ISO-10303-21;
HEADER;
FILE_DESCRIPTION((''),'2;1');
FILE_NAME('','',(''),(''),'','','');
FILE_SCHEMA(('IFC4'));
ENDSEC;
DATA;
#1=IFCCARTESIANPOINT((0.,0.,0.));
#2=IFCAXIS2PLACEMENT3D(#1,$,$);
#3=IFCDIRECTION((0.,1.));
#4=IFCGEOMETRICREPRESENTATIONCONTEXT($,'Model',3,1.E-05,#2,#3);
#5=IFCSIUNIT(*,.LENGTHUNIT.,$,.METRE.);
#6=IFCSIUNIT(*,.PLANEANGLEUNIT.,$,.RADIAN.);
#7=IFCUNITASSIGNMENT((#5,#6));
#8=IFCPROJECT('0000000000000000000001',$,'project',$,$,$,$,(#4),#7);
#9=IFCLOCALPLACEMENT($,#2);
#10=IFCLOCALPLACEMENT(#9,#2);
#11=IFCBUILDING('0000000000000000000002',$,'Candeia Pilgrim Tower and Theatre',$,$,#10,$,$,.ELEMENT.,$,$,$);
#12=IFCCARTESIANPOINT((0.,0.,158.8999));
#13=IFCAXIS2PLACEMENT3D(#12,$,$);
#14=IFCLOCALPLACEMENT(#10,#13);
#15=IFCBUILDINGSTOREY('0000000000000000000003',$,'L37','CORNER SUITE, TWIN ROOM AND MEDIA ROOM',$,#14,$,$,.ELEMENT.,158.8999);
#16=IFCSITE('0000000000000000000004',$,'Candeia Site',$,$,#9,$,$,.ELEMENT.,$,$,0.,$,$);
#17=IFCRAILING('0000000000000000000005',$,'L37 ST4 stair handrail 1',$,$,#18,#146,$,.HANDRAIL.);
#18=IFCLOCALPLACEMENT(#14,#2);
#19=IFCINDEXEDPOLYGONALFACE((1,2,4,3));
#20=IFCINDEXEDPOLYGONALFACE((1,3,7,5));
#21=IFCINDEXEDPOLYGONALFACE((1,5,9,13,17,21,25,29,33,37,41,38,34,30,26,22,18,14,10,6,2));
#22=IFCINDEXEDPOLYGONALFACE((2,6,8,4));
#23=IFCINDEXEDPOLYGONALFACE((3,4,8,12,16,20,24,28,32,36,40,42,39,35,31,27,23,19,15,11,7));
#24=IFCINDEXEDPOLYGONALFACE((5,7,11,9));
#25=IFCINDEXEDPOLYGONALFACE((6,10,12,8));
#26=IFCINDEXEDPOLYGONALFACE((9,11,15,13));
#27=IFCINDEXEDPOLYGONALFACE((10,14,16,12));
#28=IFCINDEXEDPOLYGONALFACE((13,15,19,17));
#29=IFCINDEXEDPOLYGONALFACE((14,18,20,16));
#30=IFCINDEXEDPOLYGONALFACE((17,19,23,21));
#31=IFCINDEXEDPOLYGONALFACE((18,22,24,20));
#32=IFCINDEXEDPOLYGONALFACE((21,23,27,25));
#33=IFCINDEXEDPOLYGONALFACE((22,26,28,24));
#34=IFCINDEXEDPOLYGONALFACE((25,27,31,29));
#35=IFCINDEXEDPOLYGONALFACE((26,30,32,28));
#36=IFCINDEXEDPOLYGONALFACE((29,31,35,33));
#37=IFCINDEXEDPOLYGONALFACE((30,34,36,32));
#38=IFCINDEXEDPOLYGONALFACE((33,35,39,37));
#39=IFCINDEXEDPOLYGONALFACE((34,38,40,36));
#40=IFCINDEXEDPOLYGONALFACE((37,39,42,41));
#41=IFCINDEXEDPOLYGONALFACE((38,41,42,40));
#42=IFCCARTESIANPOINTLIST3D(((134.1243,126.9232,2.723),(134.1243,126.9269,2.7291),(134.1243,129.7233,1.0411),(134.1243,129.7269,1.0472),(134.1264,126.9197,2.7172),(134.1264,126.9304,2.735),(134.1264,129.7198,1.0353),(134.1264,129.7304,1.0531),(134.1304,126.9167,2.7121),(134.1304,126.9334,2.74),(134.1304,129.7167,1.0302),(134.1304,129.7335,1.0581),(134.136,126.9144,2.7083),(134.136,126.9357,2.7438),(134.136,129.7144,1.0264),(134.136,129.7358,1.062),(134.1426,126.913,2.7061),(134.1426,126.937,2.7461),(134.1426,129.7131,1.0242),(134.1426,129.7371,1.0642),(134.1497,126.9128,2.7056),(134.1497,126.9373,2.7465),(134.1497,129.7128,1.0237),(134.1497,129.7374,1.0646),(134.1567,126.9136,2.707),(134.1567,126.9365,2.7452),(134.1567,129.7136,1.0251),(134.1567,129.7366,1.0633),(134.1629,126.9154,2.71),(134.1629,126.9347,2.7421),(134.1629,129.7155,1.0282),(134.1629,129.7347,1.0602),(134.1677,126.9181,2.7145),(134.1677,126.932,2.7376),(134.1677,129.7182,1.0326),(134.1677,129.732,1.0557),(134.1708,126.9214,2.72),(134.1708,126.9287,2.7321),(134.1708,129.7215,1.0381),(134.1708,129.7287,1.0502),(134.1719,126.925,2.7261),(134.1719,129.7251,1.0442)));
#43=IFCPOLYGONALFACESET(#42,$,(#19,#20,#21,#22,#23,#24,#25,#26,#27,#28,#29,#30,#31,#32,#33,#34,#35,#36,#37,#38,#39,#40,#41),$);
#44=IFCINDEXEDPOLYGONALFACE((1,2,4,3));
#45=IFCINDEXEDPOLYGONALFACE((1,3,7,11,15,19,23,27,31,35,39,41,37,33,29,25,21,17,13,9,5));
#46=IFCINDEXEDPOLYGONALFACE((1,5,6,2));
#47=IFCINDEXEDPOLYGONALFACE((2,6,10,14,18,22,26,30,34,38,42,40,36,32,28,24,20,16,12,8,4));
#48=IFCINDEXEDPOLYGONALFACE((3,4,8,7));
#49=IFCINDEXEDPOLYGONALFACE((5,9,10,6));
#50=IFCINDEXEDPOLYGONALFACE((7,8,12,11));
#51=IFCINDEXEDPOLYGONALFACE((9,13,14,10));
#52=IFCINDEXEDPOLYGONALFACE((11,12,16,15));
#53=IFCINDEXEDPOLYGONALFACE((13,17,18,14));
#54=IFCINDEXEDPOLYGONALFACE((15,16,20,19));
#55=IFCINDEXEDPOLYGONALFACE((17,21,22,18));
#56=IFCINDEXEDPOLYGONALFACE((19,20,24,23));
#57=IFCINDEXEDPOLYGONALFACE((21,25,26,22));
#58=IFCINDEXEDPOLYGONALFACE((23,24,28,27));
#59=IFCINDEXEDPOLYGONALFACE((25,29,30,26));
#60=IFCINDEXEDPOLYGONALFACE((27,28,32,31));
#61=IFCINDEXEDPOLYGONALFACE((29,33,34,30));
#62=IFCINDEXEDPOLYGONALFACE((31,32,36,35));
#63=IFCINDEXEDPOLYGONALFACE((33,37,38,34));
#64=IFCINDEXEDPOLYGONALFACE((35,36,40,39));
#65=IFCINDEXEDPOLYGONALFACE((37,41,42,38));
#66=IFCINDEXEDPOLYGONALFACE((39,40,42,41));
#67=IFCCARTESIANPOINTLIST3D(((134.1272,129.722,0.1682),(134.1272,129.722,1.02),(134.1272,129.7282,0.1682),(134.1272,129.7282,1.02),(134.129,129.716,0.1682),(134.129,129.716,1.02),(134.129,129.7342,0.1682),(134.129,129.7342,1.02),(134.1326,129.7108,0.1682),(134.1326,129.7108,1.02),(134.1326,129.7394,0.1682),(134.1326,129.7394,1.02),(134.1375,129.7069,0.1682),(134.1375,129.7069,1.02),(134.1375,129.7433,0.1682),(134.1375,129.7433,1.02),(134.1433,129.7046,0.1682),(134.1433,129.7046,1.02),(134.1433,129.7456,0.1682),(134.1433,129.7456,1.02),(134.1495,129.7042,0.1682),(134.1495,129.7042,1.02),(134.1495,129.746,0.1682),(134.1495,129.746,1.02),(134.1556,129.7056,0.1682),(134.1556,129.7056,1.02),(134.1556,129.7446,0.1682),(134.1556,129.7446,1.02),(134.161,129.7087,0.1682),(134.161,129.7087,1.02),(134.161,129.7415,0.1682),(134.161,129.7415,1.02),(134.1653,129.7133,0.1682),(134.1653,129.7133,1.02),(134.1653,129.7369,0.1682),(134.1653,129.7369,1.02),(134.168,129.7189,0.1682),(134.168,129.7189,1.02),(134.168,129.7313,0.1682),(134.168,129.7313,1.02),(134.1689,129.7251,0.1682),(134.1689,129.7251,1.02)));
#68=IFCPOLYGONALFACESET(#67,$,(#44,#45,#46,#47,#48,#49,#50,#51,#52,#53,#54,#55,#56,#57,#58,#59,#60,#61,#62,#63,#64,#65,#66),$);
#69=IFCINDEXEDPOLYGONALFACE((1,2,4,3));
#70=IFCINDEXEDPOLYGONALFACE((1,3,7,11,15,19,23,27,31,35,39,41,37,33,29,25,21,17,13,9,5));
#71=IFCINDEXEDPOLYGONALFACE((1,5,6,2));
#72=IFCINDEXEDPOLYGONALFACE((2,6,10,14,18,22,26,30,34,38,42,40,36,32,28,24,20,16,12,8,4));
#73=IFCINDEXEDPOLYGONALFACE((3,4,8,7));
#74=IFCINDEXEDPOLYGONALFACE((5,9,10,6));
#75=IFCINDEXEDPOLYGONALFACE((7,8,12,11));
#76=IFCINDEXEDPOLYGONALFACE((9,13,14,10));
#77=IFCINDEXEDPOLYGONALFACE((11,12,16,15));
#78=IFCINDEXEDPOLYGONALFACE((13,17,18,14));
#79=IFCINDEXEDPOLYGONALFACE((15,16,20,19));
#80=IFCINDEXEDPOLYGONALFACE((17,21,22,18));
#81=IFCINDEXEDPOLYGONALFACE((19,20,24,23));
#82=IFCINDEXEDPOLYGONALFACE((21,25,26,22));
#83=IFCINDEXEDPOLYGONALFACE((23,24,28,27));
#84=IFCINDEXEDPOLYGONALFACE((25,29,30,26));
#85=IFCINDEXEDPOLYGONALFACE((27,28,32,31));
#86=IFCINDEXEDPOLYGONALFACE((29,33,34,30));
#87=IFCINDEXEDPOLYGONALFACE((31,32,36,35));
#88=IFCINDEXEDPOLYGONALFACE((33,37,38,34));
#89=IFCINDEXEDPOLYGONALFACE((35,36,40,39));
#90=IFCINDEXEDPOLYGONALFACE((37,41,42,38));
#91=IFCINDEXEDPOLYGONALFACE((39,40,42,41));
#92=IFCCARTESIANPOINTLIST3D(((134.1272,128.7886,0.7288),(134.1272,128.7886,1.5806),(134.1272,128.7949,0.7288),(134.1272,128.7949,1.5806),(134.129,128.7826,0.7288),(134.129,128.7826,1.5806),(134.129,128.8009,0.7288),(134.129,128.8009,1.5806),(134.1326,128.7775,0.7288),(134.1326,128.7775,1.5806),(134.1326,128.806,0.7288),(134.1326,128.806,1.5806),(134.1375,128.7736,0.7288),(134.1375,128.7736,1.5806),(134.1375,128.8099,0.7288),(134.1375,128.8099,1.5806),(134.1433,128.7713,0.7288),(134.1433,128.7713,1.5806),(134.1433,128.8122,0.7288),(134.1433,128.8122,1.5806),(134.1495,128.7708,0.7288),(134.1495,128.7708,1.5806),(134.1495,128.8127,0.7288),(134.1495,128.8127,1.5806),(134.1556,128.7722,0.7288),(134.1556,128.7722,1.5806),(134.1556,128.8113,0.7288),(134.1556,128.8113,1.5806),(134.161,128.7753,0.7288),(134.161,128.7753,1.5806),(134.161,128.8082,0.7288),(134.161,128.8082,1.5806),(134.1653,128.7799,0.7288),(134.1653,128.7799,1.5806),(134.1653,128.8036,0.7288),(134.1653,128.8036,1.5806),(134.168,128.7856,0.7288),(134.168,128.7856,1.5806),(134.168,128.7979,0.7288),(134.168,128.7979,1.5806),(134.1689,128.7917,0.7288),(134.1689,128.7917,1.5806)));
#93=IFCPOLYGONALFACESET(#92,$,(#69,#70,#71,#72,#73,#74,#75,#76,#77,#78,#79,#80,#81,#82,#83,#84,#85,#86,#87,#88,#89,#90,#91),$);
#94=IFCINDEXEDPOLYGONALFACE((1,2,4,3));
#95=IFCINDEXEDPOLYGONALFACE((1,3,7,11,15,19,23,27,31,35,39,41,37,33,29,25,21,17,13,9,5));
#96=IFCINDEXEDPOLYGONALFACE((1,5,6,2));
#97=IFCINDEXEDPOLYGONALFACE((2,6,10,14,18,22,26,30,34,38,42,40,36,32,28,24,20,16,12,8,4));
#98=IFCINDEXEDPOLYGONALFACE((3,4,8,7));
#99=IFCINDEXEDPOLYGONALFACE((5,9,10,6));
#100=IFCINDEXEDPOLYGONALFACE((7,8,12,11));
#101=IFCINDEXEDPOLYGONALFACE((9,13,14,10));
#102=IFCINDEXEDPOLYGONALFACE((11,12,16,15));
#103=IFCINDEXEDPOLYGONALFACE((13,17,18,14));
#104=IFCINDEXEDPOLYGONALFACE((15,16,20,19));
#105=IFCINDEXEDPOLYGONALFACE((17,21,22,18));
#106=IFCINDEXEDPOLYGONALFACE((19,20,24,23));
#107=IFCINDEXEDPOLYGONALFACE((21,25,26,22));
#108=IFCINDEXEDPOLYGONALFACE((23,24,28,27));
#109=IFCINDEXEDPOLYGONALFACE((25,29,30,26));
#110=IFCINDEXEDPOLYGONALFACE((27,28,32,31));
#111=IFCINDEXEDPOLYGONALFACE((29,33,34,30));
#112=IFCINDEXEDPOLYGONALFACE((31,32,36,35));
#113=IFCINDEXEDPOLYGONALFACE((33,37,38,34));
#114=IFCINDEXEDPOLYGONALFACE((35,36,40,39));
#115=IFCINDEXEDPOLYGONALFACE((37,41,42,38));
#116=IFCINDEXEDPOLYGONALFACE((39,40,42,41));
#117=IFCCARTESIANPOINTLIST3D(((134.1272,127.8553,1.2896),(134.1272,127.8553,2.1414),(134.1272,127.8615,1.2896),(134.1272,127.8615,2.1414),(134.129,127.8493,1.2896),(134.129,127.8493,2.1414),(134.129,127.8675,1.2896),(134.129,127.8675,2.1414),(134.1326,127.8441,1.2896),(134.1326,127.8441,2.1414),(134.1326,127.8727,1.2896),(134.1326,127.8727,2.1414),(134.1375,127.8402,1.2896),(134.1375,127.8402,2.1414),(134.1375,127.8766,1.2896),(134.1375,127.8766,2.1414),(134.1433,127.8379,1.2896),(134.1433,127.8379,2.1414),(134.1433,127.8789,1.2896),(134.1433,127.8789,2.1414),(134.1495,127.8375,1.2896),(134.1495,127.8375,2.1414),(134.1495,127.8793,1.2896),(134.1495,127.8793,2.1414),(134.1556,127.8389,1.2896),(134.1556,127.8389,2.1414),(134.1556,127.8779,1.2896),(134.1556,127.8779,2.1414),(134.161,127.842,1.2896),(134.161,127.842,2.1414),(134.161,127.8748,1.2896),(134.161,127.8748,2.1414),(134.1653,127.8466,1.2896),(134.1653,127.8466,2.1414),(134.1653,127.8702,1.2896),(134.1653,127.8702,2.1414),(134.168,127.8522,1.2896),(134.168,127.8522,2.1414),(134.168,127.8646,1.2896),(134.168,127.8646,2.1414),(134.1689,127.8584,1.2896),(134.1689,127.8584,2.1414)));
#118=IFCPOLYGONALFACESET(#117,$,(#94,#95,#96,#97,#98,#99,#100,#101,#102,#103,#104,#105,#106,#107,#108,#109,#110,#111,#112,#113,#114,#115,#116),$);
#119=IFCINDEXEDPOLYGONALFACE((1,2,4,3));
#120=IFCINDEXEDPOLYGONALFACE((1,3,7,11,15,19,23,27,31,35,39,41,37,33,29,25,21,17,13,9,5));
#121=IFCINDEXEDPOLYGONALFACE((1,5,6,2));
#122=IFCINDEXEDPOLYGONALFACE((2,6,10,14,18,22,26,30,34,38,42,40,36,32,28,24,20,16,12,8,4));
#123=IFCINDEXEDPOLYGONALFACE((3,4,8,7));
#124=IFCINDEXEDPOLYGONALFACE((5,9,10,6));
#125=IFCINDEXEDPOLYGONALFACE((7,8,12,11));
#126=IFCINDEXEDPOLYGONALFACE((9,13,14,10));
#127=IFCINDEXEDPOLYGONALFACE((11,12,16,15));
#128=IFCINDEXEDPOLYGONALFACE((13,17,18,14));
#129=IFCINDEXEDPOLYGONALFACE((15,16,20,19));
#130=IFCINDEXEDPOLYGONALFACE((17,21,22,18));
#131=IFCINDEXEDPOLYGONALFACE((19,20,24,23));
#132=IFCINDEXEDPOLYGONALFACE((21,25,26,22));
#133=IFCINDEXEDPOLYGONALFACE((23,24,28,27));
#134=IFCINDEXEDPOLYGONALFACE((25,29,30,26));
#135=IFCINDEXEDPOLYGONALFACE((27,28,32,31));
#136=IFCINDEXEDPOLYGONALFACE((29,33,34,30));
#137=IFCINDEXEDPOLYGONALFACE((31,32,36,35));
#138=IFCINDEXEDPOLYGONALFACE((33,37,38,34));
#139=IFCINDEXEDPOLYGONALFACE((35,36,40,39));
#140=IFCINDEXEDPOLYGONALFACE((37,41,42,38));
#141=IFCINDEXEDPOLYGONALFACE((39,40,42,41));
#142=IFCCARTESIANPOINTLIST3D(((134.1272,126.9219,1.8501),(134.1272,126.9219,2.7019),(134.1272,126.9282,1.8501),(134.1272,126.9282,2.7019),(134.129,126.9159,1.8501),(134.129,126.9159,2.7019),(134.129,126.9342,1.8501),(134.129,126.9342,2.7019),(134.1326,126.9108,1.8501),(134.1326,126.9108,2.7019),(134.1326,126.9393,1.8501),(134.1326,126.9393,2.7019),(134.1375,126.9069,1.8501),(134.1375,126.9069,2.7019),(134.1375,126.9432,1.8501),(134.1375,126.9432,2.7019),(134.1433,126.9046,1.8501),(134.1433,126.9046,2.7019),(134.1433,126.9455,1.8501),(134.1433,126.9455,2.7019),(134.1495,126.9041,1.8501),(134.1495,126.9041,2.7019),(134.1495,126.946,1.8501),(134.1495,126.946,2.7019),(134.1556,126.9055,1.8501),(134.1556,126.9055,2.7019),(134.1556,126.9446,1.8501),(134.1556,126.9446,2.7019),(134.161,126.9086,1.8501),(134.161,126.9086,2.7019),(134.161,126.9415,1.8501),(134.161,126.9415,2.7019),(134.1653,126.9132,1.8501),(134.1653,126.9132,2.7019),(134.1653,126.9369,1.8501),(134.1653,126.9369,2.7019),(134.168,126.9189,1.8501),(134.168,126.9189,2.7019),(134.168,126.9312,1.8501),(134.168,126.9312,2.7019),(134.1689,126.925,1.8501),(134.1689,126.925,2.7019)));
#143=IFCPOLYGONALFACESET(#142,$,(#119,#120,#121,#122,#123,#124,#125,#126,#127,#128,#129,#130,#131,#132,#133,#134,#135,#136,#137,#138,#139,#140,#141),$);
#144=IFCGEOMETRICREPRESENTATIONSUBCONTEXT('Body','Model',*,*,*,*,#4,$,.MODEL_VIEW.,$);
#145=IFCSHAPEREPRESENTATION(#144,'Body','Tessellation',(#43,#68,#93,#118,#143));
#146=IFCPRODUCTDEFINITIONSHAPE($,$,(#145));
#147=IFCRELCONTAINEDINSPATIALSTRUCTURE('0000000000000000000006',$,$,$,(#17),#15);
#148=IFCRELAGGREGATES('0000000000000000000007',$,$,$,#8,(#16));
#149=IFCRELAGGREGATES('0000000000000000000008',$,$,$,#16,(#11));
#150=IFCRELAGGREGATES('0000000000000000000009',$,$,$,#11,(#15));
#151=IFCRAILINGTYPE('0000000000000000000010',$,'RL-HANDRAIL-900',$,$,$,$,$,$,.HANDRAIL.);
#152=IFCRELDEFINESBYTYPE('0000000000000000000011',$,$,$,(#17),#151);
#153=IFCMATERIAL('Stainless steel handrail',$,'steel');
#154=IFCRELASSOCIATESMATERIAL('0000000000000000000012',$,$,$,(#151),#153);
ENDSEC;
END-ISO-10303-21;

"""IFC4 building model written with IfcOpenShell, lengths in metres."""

from ifc_helpers import new_model, si_unit, direction, frame, origin, origin_2d, place, context, subcontext, project, spatial, circle, extrude, material, type_object, element, save


model = new_model("IFC4")

# Units and contexts
model_context = context("Model", 3, precision=1e-05, world=origin(), true_north=direction((0.0, 1.0)))
body_context = subcontext(model_context, "Body", "Model", "MODEL_VIEW")
ifc_project = project(units=[si_unit("LENGTHUNIT", "METRE"), si_unit("PLANEANGLEUNIT", "RADIAN")], contexts=[model_context])

# Site, building, storey
site_placement = place(None, origin())
site = spatial("IfcSite", under=ifc_project, at=site_placement, Name="Candeia Site", CompositionType="ELEMENT", RefElevation=0.0)
building_placement = place(site_placement, origin())
building = spatial("IfcBuilding", under=site, at=building_placement, Name="Candeia Pilgrim Tower and Theatre", CompositionType="ELEMENT")
storey_placement = place(building_placement, frame((0.0, 0.0, 158.8999)))
storey = spatial("IfcBuildingStorey", under=building, at=storey_placement, Name="L37", Description="CORNER SUITE, TWIN ROOM AND MEDIA ROOM", CompositionType="ELEMENT", Elevation=158.8999)

# Railing
ifc_material_1 = material(Name="Stainless steel handrail", Category="steel")
railing_type_1 = type_object("IfcRailingType", Name="RL-HANDRAIL-900", PredefinedType="HANDRAIL", material=ifc_material_1)
railing_1_placement = place(storey_placement, frame((134.1479, 129.7251, 0.1682)))
element("IfcRailing", 1, at=railing_1_placement, inside=storey, type_object=railing_type_1, Name="L37 ST4 stair handrail 1", PredefinedType="HANDRAIL", context=body_context, shape_type="SweptSolid", body=[
    extrude(circle(Radius=0.0239, at=origin_2d()), frame((0.0, 0.0, 0.876), z_axis=(0.0, -0.857242, 0.514913), x_axis=(1.0, 0.0, 0.0)), (0.0, 0.0, 1.0), 3.2664),
    extrude(circle(Radius=0.021, at=origin_2d()), origin(), (0.0, 0.0, 1.0), 0.8518),
    extrude(circle(Radius=0.021, at=origin_2d()), frame((0.0, -0.9333, 0.5605)), (0.0, 0.0, 1.0), 0.8518),
    extrude(circle(Radius=0.021, at=origin_2d()), frame((0.0, -1.8667, 1.1213)), (0.0, 0.0, 1.0), 0.8518),
    extrude(circle(Radius=0.021, at=origin_2d()), frame((0.0, -2.8, 1.6819)), (0.0, 0.0, 1.0), 0.8518),
])

save(model, "model.ifc")
